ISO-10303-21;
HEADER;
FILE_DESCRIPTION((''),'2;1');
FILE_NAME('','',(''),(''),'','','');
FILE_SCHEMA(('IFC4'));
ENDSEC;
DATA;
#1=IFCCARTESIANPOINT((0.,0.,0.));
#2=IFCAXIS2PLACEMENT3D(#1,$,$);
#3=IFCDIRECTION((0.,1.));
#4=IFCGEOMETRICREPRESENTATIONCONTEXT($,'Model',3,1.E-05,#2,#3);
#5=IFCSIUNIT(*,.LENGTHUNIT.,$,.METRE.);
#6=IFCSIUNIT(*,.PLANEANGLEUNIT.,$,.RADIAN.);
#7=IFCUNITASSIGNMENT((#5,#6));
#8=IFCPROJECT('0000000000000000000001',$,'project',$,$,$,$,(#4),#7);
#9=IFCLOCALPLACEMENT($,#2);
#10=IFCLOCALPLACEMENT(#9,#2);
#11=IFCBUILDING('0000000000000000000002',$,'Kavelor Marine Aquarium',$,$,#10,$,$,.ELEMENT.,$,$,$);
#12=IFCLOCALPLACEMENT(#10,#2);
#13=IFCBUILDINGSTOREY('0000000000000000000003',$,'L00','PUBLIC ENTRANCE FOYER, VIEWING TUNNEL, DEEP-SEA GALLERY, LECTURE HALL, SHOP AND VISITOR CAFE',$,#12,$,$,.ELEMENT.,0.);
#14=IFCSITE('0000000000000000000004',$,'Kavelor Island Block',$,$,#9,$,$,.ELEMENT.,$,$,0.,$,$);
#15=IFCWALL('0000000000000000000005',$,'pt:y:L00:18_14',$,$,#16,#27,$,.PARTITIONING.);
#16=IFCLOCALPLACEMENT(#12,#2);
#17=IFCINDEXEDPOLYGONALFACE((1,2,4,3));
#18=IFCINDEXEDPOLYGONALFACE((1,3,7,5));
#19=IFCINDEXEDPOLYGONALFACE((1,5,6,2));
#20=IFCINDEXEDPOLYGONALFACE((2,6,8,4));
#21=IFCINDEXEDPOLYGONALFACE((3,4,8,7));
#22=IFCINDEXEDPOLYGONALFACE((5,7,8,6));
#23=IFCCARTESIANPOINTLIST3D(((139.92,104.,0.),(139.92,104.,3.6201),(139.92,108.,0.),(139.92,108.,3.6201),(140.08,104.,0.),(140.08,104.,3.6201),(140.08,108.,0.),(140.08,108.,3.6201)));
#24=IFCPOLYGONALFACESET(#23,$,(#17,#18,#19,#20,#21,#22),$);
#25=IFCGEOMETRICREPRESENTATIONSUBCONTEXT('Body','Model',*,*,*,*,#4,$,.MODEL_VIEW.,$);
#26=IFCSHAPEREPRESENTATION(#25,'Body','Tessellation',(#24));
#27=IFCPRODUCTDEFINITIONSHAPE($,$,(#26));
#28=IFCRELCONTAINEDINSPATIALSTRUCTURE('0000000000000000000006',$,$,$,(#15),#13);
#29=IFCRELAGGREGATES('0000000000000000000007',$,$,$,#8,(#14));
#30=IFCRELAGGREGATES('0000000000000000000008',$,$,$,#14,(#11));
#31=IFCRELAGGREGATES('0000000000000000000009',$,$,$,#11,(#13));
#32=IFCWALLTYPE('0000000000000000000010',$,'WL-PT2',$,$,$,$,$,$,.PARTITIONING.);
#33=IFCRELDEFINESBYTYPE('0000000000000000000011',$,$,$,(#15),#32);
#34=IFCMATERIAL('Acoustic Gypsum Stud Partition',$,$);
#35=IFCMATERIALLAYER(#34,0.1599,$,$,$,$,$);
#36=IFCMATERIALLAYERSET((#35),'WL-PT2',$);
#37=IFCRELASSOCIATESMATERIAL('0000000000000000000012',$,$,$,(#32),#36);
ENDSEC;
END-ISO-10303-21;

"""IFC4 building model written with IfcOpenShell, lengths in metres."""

from ifc_helpers import new_model, si_unit, direction, frame, frame_2d, origin, place, context, subcontext, project, spatial, rectangle, extrude, material, layer, layer_set, type_object, element, save


model = new_model("IFC4")

# Units and contexts
model_context = context("Model", 3, precision=1e-05, world=origin(), true_north=direction((0.0, 1.0)))
body_context = subcontext(model_context, "Body", "Model", "MODEL_VIEW")
ifc_project = project(units=[si_unit("LENGTHUNIT", "METRE"), si_unit("PLANEANGLEUNIT", "RADIAN")], contexts=[model_context])

# Site, building, storey
site_placement = place(None, origin())
site = spatial("IfcSite", under=ifc_project, at=site_placement, Name="Kavelor Island Block", CompositionType="ELEMENT", RefElevation=0.0)
building_placement = place(site_placement, origin())
building = spatial("IfcBuilding", under=site, at=building_placement, Name="Kavelor Marine Aquarium", CompositionType="ELEMENT")
storey_placement = place(building_placement, origin())
storey = spatial("IfcBuildingStorey", under=building, at=storey_placement, Name="L00", Description="PUBLIC ENTRANCE FOYER, VIEWING TUNNEL, DEEP-SEA GALLERY, LECTURE HALL, SHOP AND VISITOR CAFE", CompositionType="ELEMENT", Elevation=0.0)

# Wall
ifc_material_1 = material(Name="Acoustic Gypsum Stud Partition")
ifc_layer_1 = layer(ifc_material_1, 0.1599)
ifc_layer_set_1 = layer_set([ifc_layer_1], Name="WL-PT2")
wall_type_1 = type_object("IfcWallType", Name="WL-PT2", PredefinedType="PARTITIONING", material=ifc_layer_set_1)
wall_1_placement = place(storey_placement, frame((140.0, 104.0, 0.0), z_axis=(0.0, 0.0, 1.0), x_axis=(0.0, 1.0, 0.0)))
element("IfcWall", 1, at=wall_1_placement, inside=storey, type_object=wall_type_1, Name="pt:y:L00:18_14", PredefinedType="PARTITIONING", context=body_context, shape_type="SweptSolid", body=[
    extrude(rectangle(XDim=4.0, YDim=0.1599, at=frame_2d((2.0, 0.0))), origin(), (0.0, 0.0, 1.0), 3.6201),
])

save(model, "model.ifc")
